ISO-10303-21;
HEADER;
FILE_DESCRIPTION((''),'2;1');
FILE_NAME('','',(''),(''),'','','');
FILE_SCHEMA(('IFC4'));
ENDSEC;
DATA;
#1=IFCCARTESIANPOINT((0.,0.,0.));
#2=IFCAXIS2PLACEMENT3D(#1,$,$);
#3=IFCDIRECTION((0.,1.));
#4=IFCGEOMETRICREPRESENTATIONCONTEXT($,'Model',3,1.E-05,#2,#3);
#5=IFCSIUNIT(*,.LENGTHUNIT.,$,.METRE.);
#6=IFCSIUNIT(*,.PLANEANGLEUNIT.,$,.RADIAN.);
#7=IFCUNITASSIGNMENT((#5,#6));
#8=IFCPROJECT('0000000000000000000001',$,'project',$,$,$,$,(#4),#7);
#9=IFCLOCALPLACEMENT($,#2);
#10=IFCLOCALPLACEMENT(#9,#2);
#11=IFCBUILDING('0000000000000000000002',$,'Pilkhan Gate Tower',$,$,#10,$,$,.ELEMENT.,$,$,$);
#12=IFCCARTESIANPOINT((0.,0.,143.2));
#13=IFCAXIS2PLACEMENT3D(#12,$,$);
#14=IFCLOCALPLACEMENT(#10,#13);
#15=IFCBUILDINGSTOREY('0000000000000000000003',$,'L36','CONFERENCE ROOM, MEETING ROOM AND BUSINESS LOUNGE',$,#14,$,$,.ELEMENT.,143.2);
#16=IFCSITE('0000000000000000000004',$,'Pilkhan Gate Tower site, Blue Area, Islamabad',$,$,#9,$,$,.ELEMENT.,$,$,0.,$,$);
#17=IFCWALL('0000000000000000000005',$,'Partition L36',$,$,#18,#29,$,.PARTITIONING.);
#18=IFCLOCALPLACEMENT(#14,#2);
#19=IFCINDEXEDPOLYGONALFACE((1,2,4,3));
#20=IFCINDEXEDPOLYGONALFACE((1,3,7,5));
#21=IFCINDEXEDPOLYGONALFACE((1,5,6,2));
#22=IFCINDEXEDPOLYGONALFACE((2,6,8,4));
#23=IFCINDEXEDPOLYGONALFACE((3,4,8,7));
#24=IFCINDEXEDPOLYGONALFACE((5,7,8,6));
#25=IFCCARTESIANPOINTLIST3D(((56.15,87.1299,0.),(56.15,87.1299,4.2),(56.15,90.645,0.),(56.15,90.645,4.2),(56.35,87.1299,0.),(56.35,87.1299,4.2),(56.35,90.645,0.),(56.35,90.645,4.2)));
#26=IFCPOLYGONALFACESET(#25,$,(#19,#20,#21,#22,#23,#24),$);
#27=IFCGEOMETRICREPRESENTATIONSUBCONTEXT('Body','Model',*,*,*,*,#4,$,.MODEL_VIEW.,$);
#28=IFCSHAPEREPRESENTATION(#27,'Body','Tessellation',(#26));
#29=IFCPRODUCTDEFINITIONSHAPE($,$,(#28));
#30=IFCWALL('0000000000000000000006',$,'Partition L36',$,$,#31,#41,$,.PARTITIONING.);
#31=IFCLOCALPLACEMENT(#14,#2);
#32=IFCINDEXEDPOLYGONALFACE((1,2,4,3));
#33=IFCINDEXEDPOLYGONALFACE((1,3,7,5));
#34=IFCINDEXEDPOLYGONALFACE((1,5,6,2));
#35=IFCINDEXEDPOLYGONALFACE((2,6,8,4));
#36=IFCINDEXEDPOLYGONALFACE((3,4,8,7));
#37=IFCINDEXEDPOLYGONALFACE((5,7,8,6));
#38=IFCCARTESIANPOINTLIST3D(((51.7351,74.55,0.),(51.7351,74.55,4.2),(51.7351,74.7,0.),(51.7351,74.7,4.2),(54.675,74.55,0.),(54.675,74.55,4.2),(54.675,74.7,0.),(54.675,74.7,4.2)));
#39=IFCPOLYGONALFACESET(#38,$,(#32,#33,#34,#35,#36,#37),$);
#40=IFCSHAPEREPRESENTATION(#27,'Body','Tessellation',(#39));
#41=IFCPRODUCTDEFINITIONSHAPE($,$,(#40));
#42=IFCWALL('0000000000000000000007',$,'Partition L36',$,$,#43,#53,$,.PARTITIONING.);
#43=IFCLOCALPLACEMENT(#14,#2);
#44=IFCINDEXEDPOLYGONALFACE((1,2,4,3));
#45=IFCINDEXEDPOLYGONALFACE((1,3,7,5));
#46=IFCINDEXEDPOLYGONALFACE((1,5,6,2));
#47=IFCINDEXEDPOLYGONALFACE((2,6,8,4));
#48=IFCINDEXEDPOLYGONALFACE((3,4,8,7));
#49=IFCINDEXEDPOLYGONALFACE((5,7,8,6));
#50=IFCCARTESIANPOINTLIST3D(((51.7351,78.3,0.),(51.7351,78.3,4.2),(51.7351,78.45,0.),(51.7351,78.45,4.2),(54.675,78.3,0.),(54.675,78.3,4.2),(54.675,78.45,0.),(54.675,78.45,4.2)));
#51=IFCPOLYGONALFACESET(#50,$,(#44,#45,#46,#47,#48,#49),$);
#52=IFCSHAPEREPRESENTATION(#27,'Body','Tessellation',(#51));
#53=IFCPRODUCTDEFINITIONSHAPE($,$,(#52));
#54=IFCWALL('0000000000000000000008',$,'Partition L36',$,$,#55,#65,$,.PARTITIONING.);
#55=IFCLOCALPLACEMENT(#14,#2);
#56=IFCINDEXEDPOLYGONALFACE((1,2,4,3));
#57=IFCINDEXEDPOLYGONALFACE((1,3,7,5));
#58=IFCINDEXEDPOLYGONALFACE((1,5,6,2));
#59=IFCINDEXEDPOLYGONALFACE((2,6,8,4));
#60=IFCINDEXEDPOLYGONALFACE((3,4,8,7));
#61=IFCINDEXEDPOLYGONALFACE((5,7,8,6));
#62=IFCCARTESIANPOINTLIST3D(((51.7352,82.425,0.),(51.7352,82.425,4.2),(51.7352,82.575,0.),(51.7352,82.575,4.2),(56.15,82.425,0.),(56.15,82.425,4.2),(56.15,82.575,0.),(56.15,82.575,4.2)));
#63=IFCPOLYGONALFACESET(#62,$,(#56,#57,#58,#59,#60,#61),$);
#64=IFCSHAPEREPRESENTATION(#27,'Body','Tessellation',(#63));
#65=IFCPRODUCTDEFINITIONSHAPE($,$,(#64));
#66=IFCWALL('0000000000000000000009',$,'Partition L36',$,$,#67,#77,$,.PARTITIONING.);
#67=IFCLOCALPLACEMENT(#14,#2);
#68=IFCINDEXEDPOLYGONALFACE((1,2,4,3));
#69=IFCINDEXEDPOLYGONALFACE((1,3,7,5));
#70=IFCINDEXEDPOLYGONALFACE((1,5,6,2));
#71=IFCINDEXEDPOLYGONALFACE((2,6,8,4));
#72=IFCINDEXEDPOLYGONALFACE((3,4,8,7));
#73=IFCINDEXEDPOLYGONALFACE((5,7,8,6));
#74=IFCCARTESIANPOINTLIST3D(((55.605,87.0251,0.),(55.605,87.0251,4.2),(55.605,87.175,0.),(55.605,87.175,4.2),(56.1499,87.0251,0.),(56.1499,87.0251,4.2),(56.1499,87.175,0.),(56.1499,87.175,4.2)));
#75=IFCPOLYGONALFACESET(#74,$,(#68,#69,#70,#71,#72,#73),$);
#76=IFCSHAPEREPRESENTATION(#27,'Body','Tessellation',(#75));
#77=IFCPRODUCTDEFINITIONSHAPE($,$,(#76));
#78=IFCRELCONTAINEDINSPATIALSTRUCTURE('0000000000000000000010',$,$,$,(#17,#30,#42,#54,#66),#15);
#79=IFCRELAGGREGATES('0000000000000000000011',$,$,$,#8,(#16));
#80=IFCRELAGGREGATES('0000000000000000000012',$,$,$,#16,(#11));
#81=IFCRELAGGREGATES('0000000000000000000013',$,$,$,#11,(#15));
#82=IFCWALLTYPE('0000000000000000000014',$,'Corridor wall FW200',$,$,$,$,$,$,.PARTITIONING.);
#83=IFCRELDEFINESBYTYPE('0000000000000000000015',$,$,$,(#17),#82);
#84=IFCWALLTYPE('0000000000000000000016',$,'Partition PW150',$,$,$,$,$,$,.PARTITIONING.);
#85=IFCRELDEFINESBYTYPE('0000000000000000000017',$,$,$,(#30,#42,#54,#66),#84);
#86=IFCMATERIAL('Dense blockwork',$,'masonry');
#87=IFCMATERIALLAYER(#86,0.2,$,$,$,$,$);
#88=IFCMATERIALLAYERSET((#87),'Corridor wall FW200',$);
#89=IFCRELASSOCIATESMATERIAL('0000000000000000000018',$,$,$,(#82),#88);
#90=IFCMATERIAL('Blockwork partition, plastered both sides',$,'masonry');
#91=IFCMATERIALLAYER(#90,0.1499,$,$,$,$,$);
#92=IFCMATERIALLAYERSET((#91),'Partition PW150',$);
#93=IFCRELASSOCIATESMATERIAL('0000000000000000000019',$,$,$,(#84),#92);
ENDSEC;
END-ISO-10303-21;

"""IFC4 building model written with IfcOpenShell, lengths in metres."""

from ifc_helpers import new_model, si_unit, direction, frame, frame_2d, origin, place, context, subcontext, project, spatial, rectangle, extrude, material, layer, layer_set, type_object, element, save


model = new_model("IFC4")

# Units and contexts
model_context = context("Model", 3, precision=1e-05, world=origin(), true_north=direction((0.0, 1.0)))
body_context = subcontext(model_context, "Body", "Model", "MODEL_VIEW")
ifc_project = project(units=[si_unit("LENGTHUNIT", "METRE"), si_unit("PLANEANGLEUNIT", "RADIAN")], contexts=[model_context])

# Site, building, storey
site_placement = place(None, origin())
site = spatial("IfcSite", under=ifc_project, at=site_placement, Name="Pilkhan Gate Tower site, Blue Area, Islamabad", CompositionType="ELEMENT", RefElevation=0.0)
building_placement = place(site_placement, origin())
building = spatial("IfcBuilding", under=site, at=building_placement, Name="Pilkhan Gate Tower", CompositionType="ELEMENT")
storey_placement = place(building_placement, frame((0.0, 0.0, 143.2)))
storey = spatial("IfcBuildingStorey", under=building, at=storey_placement, Name="L36", Description="CONFERENCE ROOM, MEETING ROOM AND BUSINESS LOUNGE", CompositionType="ELEMENT", Elevation=143.2)

# Walls
ifc_material_1 = material(Name="Dense blockwork", Category="masonry")
ifc_layer_1 = layer(ifc_material_1, 0.2)
ifc_layer_set_1 = layer_set([ifc_layer_1], Name="Corridor wall FW200")
wall_type_1 = type_object("IfcWallType", Name="Corridor wall FW200", PredefinedType="PARTITIONING", material=ifc_layer_set_1)
wall_1_placement = place(storey_placement, frame((56.25, 87.1299, 0.0), z_axis=(0.0, 0.0, 1.0), x_axis=(0.0, 1.0, 0.0)))
element("IfcWall", 1, at=wall_1_placement, inside=storey, type_object=wall_type_1, Name="Partition L36", PredefinedType="PARTITIONING", context=body_context, shape_type="SweptSolid", body=[
    extrude(rectangle(XDim=3.5151, YDim=0.2, at=frame_2d((1.7576, 0.0))), origin(), (0.0, 0.0, 1.0), 4.2),
])
ifc_material_2 = material(Name="Blockwork partition, plastered both sides", Category="masonry")
ifc_layer_2 = layer(ifc_material_2, 0.1499)
ifc_layer_set_2 = layer_set([ifc_layer_2], Name="Partition PW150")
wall_type_2 = type_object("IfcWallType", Name="Partition PW150", PredefinedType="PARTITIONING", material=ifc_layer_set_2)
for number, where, z_axis, x_axis, name in (
    (2, (51.7351, 74.625, 0.0), (0.0, 0.0, 1.0), (1.0, 0.0, 0.0), "Partition L36"),
    (3, (51.7351, 78.375, 0.0), (0.0, 0.0, 1.0), (1.0, 0.0, 0.0), "Partition L36"),
):
    element("IfcWall", number, at=place(storey_placement, frame(where, z_axis=z_axis, x_axis=x_axis)), inside=storey, type_object=wall_type_2, Name=name, PredefinedType="PARTITIONING", context=body_context, shape_type="SweptSolid", body=[
        extrude(rectangle(XDim=2.9399, YDim=0.1499, at=frame_2d((1.47, 0.0))), origin(), (0.0, 0.0, 1.0), 4.2),
    ])
wall_2_placement = place(storey_placement, frame((51.7351, 82.5, 0.0), z_axis=(0.0, 0.0, 1.0), x_axis=(1.0, 0.0, 0.0)))
element("IfcWall", 4, at=wall_2_placement, inside=storey, type_object=wall_type_2, Name="Partition L36", PredefinedType="PARTITIONING", context=body_context, shape_type="SweptSolid", body=[
    extrude(rectangle(XDim=4.4148, YDim=0.1499, at=frame_2d((2.2075, 0.0))), origin(), (0.0, 0.0, 1.0), 4.2),
])
wall_3_placement = place(storey_placement, frame((55.605, 87.1001, 0.0), z_axis=(0.0, 0.0, 1.0), x_axis=(1.0, 0.0, 0.0)))
element("IfcWall", 5, at=wall_3_placement, inside=storey, type_object=wall_type_2, Name="Partition L36", PredefinedType="PARTITIONING", context=body_context, shape_type="SweptSolid", body=[
    extrude(rectangle(XDim=0.5449, YDim=0.1499, at=frame_2d((0.2725, 0.0))), origin(), (0.0, 0.0, 1.0), 4.2),
])

save(model, "model.ifc")
